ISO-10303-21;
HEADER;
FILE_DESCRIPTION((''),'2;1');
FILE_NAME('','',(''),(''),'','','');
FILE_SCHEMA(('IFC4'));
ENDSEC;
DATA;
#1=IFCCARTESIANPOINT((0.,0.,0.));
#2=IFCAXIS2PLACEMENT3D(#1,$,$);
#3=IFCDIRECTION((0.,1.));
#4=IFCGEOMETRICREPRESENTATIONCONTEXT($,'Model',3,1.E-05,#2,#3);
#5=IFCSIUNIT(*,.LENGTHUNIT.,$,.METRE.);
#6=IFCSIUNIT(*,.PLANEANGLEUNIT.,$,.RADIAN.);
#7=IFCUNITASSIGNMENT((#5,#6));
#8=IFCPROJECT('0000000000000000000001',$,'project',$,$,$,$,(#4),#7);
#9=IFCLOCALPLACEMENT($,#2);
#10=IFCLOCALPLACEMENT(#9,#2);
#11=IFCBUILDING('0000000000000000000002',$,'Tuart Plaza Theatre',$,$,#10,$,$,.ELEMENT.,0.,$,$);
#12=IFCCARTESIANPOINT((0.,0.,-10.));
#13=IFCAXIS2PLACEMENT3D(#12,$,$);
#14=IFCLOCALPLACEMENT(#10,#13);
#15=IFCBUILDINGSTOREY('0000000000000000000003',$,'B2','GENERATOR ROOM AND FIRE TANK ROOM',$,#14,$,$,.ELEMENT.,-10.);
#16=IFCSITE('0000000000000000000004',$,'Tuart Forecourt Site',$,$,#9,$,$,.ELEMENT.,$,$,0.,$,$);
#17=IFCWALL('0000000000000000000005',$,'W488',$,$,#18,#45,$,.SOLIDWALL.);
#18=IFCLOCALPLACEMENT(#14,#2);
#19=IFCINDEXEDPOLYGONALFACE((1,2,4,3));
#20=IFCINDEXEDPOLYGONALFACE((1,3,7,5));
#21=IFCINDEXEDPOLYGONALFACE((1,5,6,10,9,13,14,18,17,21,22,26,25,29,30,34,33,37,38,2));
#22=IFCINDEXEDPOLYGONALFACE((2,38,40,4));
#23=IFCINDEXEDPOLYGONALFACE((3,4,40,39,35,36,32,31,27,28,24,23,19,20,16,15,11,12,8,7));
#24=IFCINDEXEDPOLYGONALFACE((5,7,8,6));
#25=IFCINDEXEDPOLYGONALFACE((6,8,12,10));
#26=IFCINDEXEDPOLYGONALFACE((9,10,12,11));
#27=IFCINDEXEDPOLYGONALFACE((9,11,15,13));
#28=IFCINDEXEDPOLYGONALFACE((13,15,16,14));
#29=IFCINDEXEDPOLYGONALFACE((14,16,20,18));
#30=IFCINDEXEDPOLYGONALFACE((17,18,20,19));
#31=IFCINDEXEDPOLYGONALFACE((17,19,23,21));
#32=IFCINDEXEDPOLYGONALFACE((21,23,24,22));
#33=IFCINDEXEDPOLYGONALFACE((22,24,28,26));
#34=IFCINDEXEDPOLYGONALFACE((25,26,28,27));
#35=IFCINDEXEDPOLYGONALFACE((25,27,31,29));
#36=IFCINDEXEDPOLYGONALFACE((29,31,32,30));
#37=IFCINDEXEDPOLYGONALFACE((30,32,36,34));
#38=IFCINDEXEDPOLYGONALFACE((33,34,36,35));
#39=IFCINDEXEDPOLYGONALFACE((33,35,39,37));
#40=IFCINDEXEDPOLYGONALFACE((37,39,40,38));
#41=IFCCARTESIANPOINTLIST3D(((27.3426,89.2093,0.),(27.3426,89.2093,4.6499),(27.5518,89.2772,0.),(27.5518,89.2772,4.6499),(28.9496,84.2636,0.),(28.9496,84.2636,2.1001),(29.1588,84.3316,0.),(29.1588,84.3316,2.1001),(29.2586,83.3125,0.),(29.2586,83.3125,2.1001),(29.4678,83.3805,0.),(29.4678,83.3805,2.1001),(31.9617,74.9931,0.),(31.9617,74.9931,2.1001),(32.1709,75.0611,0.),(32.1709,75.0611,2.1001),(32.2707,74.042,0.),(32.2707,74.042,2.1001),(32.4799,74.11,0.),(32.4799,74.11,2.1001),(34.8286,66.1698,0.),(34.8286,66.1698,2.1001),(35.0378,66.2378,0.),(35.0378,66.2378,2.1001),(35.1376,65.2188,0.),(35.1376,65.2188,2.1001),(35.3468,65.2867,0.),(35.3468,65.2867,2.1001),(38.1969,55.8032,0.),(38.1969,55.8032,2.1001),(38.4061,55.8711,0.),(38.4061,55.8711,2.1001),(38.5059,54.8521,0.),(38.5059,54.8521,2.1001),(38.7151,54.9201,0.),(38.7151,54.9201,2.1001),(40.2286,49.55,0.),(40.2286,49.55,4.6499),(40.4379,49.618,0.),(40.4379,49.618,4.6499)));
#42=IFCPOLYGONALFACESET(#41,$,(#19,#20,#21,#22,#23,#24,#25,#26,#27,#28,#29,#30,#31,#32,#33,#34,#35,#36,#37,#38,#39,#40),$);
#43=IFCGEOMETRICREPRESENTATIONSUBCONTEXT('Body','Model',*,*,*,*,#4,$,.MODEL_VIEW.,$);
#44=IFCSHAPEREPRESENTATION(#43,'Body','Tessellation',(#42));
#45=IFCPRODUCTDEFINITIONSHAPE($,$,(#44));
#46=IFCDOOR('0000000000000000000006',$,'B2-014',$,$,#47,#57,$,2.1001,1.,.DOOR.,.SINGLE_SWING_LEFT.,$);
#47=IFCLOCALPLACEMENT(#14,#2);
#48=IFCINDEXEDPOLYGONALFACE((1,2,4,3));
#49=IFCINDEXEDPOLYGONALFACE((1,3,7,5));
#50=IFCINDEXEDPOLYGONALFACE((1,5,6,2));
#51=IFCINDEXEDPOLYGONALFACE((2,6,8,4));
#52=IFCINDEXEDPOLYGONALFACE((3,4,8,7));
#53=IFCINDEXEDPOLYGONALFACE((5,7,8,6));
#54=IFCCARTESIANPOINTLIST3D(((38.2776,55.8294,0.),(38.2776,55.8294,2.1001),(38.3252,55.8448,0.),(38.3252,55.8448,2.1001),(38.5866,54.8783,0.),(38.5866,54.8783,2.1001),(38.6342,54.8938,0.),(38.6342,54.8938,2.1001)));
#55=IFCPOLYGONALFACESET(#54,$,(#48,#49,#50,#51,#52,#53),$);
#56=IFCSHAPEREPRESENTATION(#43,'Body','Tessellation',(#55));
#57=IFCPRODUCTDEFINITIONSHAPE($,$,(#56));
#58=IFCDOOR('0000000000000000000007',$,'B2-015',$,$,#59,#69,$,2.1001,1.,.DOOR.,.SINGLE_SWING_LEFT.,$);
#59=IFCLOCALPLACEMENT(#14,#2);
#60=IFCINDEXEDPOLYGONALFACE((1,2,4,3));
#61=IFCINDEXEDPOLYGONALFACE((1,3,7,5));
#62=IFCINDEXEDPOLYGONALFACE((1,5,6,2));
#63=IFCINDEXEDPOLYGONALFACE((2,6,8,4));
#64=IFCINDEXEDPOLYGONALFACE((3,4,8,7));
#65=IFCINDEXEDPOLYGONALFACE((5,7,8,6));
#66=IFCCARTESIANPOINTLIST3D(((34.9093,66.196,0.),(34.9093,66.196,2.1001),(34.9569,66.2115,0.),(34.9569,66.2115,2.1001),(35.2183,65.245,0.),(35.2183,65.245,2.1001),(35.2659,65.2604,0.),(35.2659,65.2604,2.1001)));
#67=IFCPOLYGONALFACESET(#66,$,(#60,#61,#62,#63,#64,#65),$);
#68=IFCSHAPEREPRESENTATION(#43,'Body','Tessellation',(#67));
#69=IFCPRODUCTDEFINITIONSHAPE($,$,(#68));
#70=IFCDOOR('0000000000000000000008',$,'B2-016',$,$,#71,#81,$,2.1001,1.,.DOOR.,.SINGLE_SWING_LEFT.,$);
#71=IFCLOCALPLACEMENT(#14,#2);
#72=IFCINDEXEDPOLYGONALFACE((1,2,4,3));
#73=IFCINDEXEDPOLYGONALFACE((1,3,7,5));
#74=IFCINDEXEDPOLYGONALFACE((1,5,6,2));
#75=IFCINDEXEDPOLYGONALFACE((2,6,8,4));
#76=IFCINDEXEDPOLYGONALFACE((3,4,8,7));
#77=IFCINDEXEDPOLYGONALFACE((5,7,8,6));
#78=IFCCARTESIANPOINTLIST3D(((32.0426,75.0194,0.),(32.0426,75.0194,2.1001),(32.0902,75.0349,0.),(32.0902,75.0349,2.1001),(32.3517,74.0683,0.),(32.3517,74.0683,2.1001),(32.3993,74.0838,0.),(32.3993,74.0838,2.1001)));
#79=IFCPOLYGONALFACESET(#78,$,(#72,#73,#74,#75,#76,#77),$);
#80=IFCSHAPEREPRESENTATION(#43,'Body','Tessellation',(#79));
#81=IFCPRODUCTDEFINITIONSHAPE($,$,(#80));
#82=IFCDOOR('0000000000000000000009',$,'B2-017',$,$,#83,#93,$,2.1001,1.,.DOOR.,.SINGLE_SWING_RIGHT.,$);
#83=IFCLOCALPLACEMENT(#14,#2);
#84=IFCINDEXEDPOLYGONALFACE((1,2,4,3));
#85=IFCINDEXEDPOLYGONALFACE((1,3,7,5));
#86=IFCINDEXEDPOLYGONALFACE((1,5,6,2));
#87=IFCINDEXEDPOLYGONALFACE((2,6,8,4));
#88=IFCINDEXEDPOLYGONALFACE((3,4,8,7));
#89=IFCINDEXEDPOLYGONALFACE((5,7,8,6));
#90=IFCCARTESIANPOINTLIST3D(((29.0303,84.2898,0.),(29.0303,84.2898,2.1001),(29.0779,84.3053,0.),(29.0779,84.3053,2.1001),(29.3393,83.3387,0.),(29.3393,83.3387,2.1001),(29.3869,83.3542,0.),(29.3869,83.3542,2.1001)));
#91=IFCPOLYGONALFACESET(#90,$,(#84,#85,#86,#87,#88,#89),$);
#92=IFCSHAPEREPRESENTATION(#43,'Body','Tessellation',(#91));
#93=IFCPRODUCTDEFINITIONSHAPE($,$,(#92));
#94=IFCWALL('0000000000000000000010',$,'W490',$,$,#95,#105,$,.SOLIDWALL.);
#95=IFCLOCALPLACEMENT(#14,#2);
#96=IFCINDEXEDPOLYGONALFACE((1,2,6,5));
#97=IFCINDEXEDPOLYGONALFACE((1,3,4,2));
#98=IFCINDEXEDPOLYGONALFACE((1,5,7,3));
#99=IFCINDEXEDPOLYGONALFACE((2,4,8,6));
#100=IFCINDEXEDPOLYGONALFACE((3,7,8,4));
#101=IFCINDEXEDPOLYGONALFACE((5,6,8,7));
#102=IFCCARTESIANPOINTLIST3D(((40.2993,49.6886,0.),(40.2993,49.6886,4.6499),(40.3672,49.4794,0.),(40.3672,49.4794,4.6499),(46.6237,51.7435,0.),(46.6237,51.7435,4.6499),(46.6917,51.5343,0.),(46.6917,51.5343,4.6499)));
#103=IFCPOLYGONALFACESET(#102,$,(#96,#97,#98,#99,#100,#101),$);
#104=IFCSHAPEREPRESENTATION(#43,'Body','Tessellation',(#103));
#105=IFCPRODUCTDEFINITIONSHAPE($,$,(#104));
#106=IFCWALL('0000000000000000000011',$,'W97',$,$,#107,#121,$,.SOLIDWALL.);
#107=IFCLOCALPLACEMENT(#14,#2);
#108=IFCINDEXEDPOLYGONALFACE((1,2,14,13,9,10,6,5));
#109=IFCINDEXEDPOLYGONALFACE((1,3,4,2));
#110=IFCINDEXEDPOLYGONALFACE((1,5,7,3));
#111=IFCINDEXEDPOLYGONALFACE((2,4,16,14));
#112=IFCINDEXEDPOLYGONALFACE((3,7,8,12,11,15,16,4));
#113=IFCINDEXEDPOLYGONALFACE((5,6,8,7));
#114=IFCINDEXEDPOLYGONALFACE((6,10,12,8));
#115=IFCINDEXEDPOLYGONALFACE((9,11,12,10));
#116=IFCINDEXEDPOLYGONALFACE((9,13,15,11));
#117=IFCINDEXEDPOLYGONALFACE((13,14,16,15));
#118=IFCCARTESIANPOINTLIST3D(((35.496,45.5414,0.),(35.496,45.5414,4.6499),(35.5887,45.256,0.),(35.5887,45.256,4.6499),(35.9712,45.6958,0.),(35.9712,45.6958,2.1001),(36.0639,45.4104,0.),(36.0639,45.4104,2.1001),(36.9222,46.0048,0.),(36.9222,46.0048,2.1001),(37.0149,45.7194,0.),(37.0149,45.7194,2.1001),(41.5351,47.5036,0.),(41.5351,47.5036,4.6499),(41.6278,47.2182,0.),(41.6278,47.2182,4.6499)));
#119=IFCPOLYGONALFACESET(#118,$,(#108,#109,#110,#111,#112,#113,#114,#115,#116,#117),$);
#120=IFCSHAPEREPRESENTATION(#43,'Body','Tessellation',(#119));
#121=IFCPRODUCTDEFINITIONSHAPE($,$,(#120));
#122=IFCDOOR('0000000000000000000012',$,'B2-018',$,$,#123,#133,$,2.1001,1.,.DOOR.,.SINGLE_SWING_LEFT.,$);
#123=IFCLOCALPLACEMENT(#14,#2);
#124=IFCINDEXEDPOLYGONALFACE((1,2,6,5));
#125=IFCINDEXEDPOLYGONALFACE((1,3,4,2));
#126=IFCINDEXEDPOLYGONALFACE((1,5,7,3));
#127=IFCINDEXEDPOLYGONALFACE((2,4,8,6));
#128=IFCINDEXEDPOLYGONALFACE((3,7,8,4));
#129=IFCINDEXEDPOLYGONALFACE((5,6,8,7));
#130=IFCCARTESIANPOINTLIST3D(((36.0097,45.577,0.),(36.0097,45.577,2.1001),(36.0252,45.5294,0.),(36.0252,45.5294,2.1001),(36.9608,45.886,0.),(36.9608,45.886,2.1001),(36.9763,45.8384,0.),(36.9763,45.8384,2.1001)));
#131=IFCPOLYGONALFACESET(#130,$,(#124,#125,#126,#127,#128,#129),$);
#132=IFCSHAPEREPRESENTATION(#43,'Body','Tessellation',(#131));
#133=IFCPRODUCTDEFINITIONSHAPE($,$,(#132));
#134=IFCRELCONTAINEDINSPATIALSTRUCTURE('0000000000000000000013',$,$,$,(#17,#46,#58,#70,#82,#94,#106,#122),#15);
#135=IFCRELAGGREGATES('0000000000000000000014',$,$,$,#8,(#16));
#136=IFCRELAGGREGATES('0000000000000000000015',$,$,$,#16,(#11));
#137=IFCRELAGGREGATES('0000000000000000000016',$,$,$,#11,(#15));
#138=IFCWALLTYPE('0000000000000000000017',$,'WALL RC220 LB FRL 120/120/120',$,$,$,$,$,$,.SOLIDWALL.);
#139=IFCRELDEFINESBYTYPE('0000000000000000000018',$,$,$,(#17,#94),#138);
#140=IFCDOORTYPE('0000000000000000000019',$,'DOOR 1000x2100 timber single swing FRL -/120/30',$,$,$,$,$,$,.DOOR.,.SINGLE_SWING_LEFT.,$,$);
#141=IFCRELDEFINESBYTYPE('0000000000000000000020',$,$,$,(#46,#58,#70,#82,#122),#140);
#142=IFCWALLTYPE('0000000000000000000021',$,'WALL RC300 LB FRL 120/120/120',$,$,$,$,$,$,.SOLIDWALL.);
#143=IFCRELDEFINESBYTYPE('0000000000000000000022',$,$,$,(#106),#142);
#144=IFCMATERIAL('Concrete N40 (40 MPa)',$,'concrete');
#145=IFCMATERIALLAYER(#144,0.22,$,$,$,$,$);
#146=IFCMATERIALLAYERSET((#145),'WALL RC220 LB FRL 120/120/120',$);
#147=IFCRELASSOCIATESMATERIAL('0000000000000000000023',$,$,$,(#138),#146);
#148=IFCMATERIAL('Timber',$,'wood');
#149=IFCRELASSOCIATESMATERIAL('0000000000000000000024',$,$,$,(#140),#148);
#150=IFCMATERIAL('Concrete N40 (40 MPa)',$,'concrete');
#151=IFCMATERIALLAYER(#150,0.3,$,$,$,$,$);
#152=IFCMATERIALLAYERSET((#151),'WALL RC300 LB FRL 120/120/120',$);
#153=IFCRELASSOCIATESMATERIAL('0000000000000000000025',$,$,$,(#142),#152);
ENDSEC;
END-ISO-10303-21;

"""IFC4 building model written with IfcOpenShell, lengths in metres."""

from ifc_helpers import new_model, si_unit, direction, frame, frame_2d, origin, place, context, subcontext, project, spatial, rectangle, extrude, material, layer, layer_set, type_object, element, fill, save


model = new_model("IFC4")

# Units and contexts
model_context = context("Model", 3, precision=1e-05, world=origin(), true_north=direction((0.0, 1.0)))
body_context = subcontext(model_context, "Body", "Model", "MODEL_VIEW")
ifc_project = project(units=[si_unit("LENGTHUNIT", "METRE"), si_unit("PLANEANGLEUNIT", "RADIAN")], contexts=[model_context])

# Site, building, storey
site_placement = place(None, origin())
site = spatial("IfcSite", under=ifc_project, at=site_placement, Name="Tuart Forecourt Site", CompositionType="ELEMENT", RefElevation=0.0)
building_placement = place(site_placement, origin())
building = spatial("IfcBuilding", under=site, at=building_placement, Name="Tuart Plaza Theatre", CompositionType="ELEMENT", ElevationOfRefHeight=0.0)
storey_placement = place(building_placement, frame((0.0, 0.0, -10.0)))
storey = spatial("IfcBuildingStorey", under=building, at=storey_placement, Name="B2", Description="GENERATOR ROOM AND FIRE TANK ROOM", CompositionType="ELEMENT", Elevation=-10.0)

# Wall, openings, doors
ifc_material_1 = material(Name="Concrete N40 (40 MPa)", Category="concrete")
ifc_layer_1 = layer(ifc_material_1, 0.22)
ifc_layer_set_1 = layer_set([ifc_layer_1], Name="WALL RC220 LB FRL 120/120/120")
wall_type_1 = type_object("IfcWallType", Name="WALL RC220 LB FRL 120/120/120", PredefinedType="SOLIDWALL", material=ifc_layer_set_1)
ifc_material_2 = material(Name="Timber", Category="wood")
door_type = type_object("IfcDoorType", Name="DOOR 1000x2100 timber single swing FRL -/120/30", OperationType="SINGLE_SWING_LEFT", PredefinedType="DOOR", material=ifc_material_2)
wall_1_placement = place(storey_placement, frame((40.3333, 49.584, 0.0), z_axis=(0.0, 0.0, 1.0), x_axis=(-0.309016, 0.951057, 0.0)))
wall_1 = element("IfcWall", 1, at=wall_1_placement, inside=storey, type_object=wall_type_1, Name="W488", PredefinedType="SOLIDWALL", context=body_context, shape_type="SweptSolid", body=[
    extrude(rectangle(XDim=41.7002, YDim=0.22, at=frame_2d((20.8501, 0.0))), origin(), (0.0, 0.0, 1.0), 4.6499),
])
opening_1_placement = place(wall_1_placement, frame((5.575, 0.0, 0.0)))
opening_1 = element("IfcOpeningElement", 2, at=opening_1_placement, cuts=wall_1, PredefinedType="OPENING", context=body_context, shape_type="SweptSolid", body=[
    extrude(rectangle(XDim=1.0, YDim=2.1001, at=frame_2d((0.5, 1.05))), frame((0.0, 0.1199, 0.0), z_axis=(0.0, -1.0, 0.0), x_axis=(1.0, 0.0, 0.0)), (0.0, 0.0, 1.0), 0.24),
])
opening_2_placement = place(wall_1_placement, frame((16.4751, 0.0, 0.0)))
opening_2 = element("IfcOpeningElement", 3, at=opening_2_placement, cuts=wall_1, PredefinedType="OPENING", context=body_context, shape_type="SweptSolid", body=[
    extrude(rectangle(XDim=1.0, YDim=2.1001, at=frame_2d((0.5, 1.05))), frame((0.0, 0.1199, 0.0), z_axis=(0.0, -1.0, 0.0), x_axis=(1.0, 0.0, 0.0)), (0.0, 0.0, 1.0), 0.24),
])
opening_3_placement = place(wall_1_placement, frame((25.7524, 0.0, 0.0)))
opening_3 = element("IfcOpeningElement", 4, at=opening_3_placement, cuts=wall_1, PredefinedType="OPENING", context=body_context, shape_type="SweptSolid", body=[
    extrude(rectangle(XDim=1.0, YDim=2.1001, at=frame_2d((0.5, 1.05))), frame((0.0, 0.1199, 0.0), z_axis=(0.0, -1.0, 0.0), x_axis=(1.0, 0.0, 0.0)), (0.0, 0.0, 1.0), 0.24),
])
opening_4_placement = place(wall_1_placement, frame((35.5, 0.0, 0.0)))
opening_4 = element("IfcOpeningElement", 5, at=opening_4_placement, cuts=wall_1, PredefinedType="OPENING", context=body_context, shape_type="SweptSolid", body=[
    extrude(rectangle(XDim=1.0, YDim=2.1001, at=frame_2d((0.5, 1.05))), frame((0.0, 0.1199, 0.0), z_axis=(0.0, -1.0, 0.0), x_axis=(1.0, 0.0, 0.0)), (0.0, 0.0, 1.0), 0.24),
])
door_1_placement = place(opening_1_placement, frame((1.0, 0.0, 0.0), z_axis=(0.0, 0.0, 1.0), x_axis=(-1.0, 0.0, 0.0)))
door_1 = element("IfcDoor", 6, at=door_1_placement, inside=storey, type_object=door_type, Name="B2-014", OperationType="SINGLE_SWING_LEFT", OverallHeight=2.1001, OverallWidth=1.0, PredefinedType="DOOR", context=body_context, shape_type="SweptSolid", body=[
    extrude(rectangle(XDim=1.0, YDim=2.1001, at=frame_2d((0.5, 1.05))), frame((0.0, 0.0249, 0.0), z_axis=(0.0, -1.0, 0.0), x_axis=(1.0, 0.0, 0.0)), (0.0, 0.0, 1.0), 0.05),
])
fill(opening_1, door_1)
door_2_placement = place(opening_2_placement, frame((1.0, 0.0, 0.0), z_axis=(0.0, 0.0, 1.0), x_axis=(-1.0, 0.0, 0.0)))
door_2 = element("IfcDoor", 7, at=door_2_placement, inside=storey, type_object=door_type, Name="B2-015", OperationType="SINGLE_SWING_LEFT", OverallHeight=2.1001, OverallWidth=1.0, PredefinedType="DOOR", context=body_context, shape_type="SweptSolid", body=[
    extrude(rectangle(XDim=1.0, YDim=2.1001, at=frame_2d((0.5, 1.05))), frame((0.0, 0.0249, 0.0), z_axis=(0.0, -1.0, 0.0), x_axis=(1.0, 0.0, 0.0)), (0.0, 0.0, 1.0), 0.05),
])
fill(opening_2, door_2)
door_3_placement = place(opening_3_placement, origin())
door_3 = element("IfcDoor", 8, at=door_3_placement, inside=storey, type_object=door_type, Name="B2-016", OperationType="SINGLE_SWING_LEFT", OverallHeight=2.1001, OverallWidth=1.0, PredefinedType="DOOR", context=body_context, shape_type="SweptSolid", body=[
    extrude(rectangle(XDim=1.0, YDim=2.1001, at=frame_2d((0.5, 1.05))), frame((0.0, 0.0249, 0.0), z_axis=(0.0, -1.0, 0.0), x_axis=(1.0, 0.0, 0.0)), (0.0, 0.0, 1.0), 0.05),
])
fill(opening_3, door_3)
door_4_placement = place(opening_4_placement, frame((1.0, 0.0, 0.0), z_axis=(0.0, 0.0, 1.0), x_axis=(-1.0, 0.0, 0.0)))
door_4 = element("IfcDoor", 9, at=door_4_placement, inside=storey, type_object=door_type, Name="B2-017", OperationType="SINGLE_SWING_RIGHT", OverallHeight=2.1001, OverallWidth=1.0, PredefinedType="DOOR", context=body_context, shape_type="SweptSolid", body=[
    extrude(rectangle(XDim=1.0, YDim=2.1001, at=frame_2d((0.5, 1.05))), frame((0.0, 0.0249, 0.0), z_axis=(0.0, -1.0, 0.0), x_axis=(1.0, 0.0, 0.0)), (0.0, 0.0, 1.0), 0.05),
])
fill(opening_4, door_4)

# Wall
wall_2_placement = place(storey_placement, frame((40.3333, 49.584, 0.0), z_axis=(0.0, 0.0, 1.0), x_axis=(0.951057, 0.309016, 0.0)))
element("IfcWall", 10, at=wall_2_placement, inside=storey, type_object=wall_type_1, Name="W490", PredefinedType="SOLIDWALL", context=body_context, shape_type="SweptSolid", body=[
    extrude(rectangle(XDim=6.6499, YDim=0.22, at=frame_2d((3.325, 0.0))), origin(), (0.0, 0.0, 1.0), 4.6499),
])

# Wall, opening, door
ifc_material_3 = material(Name="Concrete N40 (40 MPa)", Category="concrete")
ifc_layer_2 = layer(ifc_material_3, 0.3)
ifc_layer_set_2 = layer_set([ifc_layer_2], Name="WALL RC300 LB FRL 120/120/120")
wall_type_2 = type_object("IfcWallType", Name="WALL RC300 LB FRL 120/120/120", PredefinedType="SOLIDWALL", material=ifc_layer_set_2)
wall_3_placement = place(storey_placement, frame((41.5813, 47.3608, 0.0), z_axis=(0.0, 0.0, 1.0), x_axis=(-0.951059, -0.30901, 0.0)))
wall_3 = element("IfcWall", 11, at=wall_3_placement, inside=storey, type_object=wall_type_2, Name="W97", PredefinedType="SOLIDWALL", context=body_context, shape_type="SweptSolid", body=[
    extrude(rectangle(XDim=6.3499, YDim=0.3, at=frame_2d((3.1748, 0.0))), origin(), (0.0, 0.0, 1.0), 4.6499),
])
opening_5_placement = place(wall_3_placement, frame((4.8501, 0.0, 0.0)))
opening_5 = element("IfcOpeningElement", 12, at=opening_5_placement, cuts=wall_3, PredefinedType="OPENING", context=body_context, shape_type="SweptSolid", body=[
    extrude(rectangle(XDim=1.0, YDim=2.1001, at=frame_2d((0.5, 1.05))), frame((0.0, 0.1599, 0.0), z_axis=(0.0, -1.0, 0.0), x_axis=(1.0, 0.0, 0.0)), (0.0, 0.0, 1.0), 0.3201),
])
door_5_placement = place(opening_5_placement, origin())
door_5 = element("IfcDoor", 13, at=door_5_placement, inside=storey, type_object=door_type, Name="B2-018", OperationType="SINGLE_SWING_LEFT", OverallHeight=2.1001, OverallWidth=1.0, PredefinedType="DOOR", context=body_context, shape_type="SweptSolid", body=[
    extrude(rectangle(XDim=1.0, YDim=2.1001, at=frame_2d((0.5, 1.05))), frame((0.0, 0.0249, 0.0), z_axis=(0.0, -1.0, 0.0), x_axis=(1.0, 0.0, 0.0)), (0.0, 0.0, 1.0), 0.05),
])
fill(opening_5, door_5)

save(model, "model.ifc")
